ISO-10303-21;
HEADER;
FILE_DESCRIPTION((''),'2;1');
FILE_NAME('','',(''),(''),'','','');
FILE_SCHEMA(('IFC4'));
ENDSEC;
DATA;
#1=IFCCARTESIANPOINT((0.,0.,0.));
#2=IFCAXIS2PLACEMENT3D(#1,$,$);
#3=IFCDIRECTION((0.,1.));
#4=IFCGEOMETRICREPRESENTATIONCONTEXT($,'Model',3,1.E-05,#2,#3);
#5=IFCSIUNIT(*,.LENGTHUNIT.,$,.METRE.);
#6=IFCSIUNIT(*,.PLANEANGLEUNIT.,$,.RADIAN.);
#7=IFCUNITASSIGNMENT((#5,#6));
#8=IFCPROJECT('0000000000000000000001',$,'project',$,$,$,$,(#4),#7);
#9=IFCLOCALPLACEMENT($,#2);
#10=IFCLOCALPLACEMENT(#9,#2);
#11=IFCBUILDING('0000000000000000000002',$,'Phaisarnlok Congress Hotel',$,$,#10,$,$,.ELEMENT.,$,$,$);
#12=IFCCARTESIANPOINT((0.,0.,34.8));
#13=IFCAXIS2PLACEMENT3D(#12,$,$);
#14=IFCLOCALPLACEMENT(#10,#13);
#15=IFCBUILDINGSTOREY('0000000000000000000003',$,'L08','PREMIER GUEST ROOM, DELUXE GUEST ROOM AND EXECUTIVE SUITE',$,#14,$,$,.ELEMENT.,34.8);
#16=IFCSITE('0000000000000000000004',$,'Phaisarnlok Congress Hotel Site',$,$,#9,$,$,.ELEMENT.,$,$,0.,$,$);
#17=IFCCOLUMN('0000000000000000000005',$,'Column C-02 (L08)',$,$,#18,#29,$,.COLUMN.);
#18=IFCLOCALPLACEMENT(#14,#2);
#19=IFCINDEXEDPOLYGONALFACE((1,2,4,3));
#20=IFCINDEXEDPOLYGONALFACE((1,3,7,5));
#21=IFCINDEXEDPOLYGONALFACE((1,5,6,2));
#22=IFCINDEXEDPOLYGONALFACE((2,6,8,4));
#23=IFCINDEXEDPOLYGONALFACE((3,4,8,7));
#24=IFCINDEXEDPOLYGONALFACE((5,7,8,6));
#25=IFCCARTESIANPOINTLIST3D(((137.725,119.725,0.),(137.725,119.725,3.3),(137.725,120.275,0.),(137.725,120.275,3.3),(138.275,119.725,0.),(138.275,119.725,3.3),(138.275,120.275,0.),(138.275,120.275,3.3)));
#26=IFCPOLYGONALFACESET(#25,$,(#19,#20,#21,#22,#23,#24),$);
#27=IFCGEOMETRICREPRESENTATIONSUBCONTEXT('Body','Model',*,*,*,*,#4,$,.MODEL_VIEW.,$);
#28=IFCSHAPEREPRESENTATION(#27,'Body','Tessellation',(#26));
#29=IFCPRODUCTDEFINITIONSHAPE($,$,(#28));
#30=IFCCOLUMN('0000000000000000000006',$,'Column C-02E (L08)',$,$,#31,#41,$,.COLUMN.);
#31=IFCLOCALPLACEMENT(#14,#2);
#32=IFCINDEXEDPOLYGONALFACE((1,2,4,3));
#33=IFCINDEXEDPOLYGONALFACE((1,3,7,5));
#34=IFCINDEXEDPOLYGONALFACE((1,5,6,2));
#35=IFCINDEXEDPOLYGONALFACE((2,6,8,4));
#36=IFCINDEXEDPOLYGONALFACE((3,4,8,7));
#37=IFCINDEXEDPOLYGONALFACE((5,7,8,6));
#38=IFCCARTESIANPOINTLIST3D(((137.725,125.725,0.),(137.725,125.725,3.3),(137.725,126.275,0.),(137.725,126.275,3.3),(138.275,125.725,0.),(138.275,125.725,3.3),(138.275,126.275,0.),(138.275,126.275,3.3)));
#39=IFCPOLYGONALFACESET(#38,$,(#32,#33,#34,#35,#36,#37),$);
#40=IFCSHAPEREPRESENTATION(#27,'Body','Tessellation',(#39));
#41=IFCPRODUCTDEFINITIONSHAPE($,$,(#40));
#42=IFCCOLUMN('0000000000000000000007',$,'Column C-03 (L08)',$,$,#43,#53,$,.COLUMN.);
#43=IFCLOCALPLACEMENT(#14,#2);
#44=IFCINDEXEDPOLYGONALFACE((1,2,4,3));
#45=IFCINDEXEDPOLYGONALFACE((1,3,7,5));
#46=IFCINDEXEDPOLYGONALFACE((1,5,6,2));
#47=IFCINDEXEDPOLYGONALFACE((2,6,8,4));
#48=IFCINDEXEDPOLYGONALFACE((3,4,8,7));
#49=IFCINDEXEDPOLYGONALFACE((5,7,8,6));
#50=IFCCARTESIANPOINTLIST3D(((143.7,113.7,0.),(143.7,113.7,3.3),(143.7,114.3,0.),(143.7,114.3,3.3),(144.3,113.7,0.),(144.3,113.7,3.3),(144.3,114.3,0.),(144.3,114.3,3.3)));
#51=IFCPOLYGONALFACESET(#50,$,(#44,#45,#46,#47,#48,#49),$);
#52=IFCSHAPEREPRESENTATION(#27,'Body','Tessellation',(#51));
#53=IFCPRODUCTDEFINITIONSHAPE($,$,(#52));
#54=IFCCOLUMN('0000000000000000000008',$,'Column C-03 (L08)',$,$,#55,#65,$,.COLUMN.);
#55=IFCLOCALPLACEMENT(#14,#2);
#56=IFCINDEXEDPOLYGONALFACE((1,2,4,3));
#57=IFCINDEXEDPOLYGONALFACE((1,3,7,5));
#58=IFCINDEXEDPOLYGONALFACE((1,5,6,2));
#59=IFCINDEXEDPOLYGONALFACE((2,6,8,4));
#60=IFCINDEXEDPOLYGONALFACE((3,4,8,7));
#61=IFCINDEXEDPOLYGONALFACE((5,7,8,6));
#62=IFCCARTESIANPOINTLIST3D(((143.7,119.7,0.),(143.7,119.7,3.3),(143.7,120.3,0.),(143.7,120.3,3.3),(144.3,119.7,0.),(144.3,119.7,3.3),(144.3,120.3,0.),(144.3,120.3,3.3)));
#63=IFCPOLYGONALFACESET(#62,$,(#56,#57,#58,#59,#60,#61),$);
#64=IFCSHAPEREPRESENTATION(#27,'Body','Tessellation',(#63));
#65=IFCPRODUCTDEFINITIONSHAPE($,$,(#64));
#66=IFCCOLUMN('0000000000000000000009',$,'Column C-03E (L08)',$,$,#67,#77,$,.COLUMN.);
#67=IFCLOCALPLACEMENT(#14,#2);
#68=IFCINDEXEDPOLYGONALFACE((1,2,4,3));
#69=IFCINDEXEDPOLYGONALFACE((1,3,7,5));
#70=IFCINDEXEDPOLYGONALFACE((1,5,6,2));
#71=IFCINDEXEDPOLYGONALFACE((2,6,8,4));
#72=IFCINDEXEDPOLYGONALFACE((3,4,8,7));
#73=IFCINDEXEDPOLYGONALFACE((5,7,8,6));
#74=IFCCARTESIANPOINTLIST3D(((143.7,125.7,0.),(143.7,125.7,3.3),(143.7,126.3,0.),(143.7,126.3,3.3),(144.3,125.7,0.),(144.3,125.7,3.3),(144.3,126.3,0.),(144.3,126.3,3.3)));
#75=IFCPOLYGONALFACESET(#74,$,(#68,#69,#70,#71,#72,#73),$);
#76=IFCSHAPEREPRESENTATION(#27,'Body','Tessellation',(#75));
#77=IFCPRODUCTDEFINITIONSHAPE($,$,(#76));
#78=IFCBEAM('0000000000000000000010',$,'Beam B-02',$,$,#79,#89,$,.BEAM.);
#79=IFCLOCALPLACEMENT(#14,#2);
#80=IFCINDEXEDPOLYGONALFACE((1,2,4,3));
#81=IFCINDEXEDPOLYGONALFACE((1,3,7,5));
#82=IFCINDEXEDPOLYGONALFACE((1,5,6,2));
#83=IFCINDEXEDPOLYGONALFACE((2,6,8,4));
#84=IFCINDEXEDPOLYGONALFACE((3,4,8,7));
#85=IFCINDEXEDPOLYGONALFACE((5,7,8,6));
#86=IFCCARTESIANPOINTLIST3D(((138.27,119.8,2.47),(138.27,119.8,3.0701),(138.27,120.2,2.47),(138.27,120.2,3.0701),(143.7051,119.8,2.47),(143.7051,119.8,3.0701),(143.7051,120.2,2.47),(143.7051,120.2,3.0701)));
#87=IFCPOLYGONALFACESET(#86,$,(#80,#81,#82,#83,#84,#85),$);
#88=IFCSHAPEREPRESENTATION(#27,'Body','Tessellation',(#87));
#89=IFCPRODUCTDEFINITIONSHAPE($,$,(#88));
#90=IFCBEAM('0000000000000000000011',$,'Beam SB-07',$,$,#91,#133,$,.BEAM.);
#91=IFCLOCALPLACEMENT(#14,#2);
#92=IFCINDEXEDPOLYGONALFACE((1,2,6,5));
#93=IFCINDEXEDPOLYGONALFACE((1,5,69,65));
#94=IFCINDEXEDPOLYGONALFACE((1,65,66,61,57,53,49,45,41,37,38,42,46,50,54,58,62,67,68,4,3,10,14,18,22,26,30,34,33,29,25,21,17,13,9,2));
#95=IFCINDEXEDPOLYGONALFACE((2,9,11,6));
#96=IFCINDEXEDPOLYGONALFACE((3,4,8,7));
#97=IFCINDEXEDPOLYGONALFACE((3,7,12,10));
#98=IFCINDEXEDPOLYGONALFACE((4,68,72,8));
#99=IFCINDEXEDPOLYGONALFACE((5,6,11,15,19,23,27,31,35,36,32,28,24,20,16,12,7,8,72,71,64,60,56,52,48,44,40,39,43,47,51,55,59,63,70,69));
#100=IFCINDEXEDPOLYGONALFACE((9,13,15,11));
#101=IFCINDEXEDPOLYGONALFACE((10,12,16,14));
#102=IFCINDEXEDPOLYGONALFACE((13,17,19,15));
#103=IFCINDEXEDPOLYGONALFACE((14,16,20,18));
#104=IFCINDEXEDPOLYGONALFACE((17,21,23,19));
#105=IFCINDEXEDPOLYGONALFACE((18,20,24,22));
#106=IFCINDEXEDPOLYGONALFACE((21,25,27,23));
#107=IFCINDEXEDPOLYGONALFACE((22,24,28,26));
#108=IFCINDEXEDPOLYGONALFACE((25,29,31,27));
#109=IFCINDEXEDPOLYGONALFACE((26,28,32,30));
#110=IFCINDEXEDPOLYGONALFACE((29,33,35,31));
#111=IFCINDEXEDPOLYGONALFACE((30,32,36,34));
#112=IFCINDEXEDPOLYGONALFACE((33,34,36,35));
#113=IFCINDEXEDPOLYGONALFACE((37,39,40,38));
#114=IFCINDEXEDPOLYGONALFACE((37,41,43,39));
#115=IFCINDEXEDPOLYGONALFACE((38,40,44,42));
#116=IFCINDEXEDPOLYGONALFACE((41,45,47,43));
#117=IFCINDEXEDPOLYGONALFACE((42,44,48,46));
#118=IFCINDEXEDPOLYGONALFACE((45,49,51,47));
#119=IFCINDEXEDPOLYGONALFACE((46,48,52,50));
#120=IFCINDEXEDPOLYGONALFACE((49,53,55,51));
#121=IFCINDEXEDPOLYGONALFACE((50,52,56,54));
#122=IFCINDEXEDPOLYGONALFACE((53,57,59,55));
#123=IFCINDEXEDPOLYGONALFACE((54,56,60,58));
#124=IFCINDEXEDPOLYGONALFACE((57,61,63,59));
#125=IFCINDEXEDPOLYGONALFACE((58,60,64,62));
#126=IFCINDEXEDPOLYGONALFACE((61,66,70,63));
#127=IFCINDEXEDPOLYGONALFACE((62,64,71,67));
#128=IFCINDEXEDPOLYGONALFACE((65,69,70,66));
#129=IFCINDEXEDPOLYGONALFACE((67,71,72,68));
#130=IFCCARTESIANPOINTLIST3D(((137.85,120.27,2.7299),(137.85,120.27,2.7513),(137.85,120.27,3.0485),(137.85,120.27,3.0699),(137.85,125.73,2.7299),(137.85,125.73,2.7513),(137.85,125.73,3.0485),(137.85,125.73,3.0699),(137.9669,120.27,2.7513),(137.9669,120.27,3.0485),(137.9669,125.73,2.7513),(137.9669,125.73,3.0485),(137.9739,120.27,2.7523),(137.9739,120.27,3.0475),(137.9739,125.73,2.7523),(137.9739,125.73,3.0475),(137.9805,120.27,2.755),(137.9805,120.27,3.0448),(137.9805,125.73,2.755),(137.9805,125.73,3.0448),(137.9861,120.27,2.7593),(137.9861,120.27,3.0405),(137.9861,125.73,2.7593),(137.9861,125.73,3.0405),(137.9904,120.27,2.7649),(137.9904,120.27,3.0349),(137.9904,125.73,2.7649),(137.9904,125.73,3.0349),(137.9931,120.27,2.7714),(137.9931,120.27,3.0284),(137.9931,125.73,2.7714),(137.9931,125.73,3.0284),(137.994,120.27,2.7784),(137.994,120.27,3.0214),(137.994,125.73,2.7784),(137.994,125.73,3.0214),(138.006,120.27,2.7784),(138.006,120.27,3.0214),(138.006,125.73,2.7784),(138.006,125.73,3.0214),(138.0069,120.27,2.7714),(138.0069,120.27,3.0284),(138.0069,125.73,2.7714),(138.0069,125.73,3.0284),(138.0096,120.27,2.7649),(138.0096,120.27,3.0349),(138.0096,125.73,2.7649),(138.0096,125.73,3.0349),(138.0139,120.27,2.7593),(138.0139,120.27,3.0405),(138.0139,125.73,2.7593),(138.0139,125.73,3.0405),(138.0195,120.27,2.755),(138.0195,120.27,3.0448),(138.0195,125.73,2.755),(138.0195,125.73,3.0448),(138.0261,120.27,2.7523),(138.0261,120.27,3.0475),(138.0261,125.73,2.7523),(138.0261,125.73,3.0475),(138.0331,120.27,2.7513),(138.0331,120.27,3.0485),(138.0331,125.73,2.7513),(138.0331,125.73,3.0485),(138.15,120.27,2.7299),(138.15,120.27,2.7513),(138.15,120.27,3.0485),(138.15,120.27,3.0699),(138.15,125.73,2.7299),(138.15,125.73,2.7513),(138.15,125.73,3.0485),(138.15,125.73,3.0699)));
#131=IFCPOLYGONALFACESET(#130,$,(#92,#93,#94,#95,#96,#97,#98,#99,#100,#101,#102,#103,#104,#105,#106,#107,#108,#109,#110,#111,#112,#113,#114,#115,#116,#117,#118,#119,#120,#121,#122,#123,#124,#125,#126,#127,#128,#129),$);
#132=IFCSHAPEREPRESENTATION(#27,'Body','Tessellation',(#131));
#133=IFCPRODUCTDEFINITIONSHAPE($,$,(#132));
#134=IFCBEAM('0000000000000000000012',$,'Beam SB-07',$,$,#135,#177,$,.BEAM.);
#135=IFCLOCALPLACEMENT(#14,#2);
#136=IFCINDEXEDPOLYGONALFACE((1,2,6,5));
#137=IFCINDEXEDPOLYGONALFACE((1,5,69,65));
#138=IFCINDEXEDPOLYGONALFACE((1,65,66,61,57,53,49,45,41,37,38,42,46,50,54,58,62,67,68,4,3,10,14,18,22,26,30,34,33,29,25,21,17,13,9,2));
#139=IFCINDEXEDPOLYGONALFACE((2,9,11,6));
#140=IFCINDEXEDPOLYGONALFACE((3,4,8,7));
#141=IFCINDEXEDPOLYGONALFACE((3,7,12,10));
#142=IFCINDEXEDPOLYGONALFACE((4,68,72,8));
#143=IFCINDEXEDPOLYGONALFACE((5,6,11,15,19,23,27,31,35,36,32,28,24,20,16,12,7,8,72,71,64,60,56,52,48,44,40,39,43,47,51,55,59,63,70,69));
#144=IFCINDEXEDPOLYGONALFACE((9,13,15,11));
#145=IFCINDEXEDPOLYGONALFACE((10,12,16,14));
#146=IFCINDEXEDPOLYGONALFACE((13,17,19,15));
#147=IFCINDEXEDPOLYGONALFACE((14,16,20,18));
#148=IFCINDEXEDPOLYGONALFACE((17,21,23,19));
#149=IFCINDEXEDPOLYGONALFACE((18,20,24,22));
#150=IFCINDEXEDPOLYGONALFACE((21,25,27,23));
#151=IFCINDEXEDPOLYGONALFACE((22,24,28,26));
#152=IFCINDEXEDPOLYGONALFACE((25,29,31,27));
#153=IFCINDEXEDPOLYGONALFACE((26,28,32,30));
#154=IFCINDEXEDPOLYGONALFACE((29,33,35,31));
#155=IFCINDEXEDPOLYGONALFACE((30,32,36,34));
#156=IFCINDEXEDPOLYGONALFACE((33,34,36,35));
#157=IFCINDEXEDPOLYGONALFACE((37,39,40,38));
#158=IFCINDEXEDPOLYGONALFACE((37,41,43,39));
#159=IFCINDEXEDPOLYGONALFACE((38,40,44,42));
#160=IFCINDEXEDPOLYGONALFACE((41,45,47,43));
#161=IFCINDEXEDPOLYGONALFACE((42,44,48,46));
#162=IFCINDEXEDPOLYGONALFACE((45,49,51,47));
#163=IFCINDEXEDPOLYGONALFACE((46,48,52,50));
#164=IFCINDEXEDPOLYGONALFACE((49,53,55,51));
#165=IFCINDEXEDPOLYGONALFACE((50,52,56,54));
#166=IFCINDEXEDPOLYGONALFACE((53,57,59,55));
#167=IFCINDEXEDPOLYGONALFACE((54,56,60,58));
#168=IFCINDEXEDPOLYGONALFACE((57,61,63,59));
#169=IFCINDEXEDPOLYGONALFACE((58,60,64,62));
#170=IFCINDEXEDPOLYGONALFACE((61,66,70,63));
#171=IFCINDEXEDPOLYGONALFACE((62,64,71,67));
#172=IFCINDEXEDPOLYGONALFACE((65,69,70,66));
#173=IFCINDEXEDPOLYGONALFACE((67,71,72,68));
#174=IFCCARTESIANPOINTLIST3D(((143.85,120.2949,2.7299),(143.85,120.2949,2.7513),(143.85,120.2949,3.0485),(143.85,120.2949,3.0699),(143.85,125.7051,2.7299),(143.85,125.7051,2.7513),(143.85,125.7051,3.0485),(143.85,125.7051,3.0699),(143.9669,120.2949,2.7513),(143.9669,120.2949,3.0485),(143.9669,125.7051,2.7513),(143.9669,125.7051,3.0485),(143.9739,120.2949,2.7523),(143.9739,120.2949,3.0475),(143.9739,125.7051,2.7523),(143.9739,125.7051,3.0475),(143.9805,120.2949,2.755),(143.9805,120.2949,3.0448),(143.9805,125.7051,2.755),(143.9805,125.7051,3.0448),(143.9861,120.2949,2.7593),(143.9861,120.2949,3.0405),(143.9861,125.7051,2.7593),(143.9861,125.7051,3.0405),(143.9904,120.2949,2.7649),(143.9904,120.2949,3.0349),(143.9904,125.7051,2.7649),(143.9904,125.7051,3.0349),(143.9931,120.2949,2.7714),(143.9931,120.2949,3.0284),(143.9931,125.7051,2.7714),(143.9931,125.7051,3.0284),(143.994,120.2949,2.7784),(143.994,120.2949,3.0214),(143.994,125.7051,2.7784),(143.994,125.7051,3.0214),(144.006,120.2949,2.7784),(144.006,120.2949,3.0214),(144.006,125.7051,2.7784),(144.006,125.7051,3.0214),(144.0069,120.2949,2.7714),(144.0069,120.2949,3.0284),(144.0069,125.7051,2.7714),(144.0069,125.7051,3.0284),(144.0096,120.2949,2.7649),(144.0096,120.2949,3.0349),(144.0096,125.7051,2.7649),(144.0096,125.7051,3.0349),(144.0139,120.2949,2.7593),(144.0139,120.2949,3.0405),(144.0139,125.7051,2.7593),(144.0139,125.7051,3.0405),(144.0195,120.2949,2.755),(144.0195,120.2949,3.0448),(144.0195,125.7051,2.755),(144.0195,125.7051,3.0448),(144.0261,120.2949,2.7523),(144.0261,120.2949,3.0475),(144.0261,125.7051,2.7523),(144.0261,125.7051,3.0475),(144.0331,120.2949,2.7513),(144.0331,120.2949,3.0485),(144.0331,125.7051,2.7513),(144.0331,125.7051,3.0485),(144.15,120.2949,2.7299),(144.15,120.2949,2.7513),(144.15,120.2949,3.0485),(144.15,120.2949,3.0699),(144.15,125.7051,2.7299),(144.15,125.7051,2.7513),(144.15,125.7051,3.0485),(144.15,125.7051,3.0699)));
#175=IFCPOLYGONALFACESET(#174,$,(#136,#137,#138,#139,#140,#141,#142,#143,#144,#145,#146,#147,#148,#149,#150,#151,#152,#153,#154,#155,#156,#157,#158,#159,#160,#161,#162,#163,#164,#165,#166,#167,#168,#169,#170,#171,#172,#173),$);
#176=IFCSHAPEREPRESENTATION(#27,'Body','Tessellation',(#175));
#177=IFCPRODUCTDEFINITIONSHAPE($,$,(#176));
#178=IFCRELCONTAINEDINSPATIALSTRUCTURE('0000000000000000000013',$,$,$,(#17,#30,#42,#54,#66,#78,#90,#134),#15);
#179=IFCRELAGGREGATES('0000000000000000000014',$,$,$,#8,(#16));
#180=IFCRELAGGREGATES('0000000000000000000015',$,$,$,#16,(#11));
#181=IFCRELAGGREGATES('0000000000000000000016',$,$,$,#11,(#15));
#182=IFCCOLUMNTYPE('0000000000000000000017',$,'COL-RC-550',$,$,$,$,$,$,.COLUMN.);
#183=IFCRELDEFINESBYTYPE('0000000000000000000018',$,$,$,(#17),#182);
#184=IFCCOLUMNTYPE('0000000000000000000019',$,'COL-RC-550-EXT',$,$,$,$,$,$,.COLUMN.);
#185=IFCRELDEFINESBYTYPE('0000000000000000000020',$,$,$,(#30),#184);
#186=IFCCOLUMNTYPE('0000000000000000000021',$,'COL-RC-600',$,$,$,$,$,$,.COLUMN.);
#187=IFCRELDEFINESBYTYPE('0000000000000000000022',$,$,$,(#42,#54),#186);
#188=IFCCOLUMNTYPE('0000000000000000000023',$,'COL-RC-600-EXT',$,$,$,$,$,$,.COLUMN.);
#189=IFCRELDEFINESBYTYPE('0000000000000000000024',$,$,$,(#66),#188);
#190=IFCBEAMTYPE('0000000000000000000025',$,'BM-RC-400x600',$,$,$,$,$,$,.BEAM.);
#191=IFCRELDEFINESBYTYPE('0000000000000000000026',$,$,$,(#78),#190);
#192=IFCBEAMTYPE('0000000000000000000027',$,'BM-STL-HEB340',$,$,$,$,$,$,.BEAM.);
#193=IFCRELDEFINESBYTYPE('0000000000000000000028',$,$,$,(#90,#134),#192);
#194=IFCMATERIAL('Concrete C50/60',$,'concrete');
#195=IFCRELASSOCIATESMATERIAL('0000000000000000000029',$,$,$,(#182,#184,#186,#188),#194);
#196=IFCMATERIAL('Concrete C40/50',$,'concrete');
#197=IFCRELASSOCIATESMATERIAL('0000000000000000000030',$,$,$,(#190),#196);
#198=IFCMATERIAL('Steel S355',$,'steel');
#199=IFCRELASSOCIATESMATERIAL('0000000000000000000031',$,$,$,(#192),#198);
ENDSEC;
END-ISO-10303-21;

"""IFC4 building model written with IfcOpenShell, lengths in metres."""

from ifc_helpers import new_model, si_unit, direction, frame, origin, origin_2d, place, context, subcontext, project, spatial, rectangle, i_section, extrude, material, material_profile, profile_set, type_object, element, save


model = new_model("IFC4")

# Units and contexts
model_context = context("Model", 3, precision=1e-05, world=origin(), true_north=direction((0.0, 1.0)))
body_context = subcontext(model_context, "Body", "Model", "MODEL_VIEW")
ifc_project = project(units=[si_unit("LENGTHUNIT", "METRE"), si_unit("PLANEANGLEUNIT", "RADIAN")], contexts=[model_context])

# Site, building, storey
site_placement = place(None, origin())
site = spatial("IfcSite", under=ifc_project, at=site_placement, Name="Phaisarnlok Congress Hotel Site", CompositionType="ELEMENT", RefElevation=0.0)
building_placement = place(site_placement, origin())
building = spatial("IfcBuilding", under=site, at=building_placement, Name="Phaisarnlok Congress Hotel", CompositionType="ELEMENT")
storey_placement = place(building_placement, frame((0.0, 0.0, 34.8)))
storey = spatial("IfcBuildingStorey", under=building, at=storey_placement, Name="L08", Description="PREMIER GUEST ROOM, DELUXE GUEST ROOM AND EXECUTIVE SUITE", CompositionType="ELEMENT", Elevation=34.8)

# Columns
ifc_material_1 = material(Name="Concrete C50/60", Category="concrete")
ifc_material_profile_1 = material_profile(ifc_material_1, rectangle(XDim=0.55, YDim=0.55, at=origin_2d()), Name="RC 550x550")
ifc_profile_set_1 = profile_set([ifc_material_profile_1], Name="Concrete C50/60")
column_type_1 = type_object("IfcColumnType", Name="COL-RC-550", PredefinedType="COLUMN", material=ifc_profile_set_1)
column_1_placement = place(storey_placement, frame((138.0, 120.0, 0.0), z_axis=(0.0, 0.0, 1.0), x_axis=(1.0, 0.0, 0.0)))
element("IfcColumn", 1, at=column_1_placement, inside=storey, type_object=column_type_1, Name="Column C-02 (L08)", PredefinedType="COLUMN", context=body_context, shape_type="SweptSolid", body=[
    extrude(rectangle(XDim=0.55, YDim=0.55, at=origin_2d()), origin(), (0.0, 0.0, 1.0), 3.3),
])
ifc_material_profile_2 = material_profile(ifc_material_1, rectangle(XDim=0.55, YDim=0.55, at=origin_2d()), Name="RC 550x550")
ifc_profile_set_2 = profile_set([ifc_material_profile_2], Name="Concrete C50/60")
column_type_2 = type_object("IfcColumnType", Name="COL-RC-550-EXT", PredefinedType="COLUMN", material=ifc_profile_set_2)
column_2_placement = place(storey_placement, frame((138.0, 126.0, 0.0), z_axis=(0.0, 0.0, 1.0), x_axis=(1.0, 0.0, 0.0)))
element("IfcColumn", 2, at=column_2_placement, inside=storey, type_object=column_type_2, Name="Column C-02E (L08)", PredefinedType="COLUMN", context=body_context, shape_type="SweptSolid", body=[
    extrude(rectangle(XDim=0.55, YDim=0.55, at=origin_2d()), origin(), (0.0, 0.0, 1.0), 3.3),
])
ifc_material_profile_3 = material_profile(ifc_material_1, rectangle(XDim=0.6001, YDim=0.6001, at=origin_2d()), Name="RC 600x600")
ifc_profile_set_3 = profile_set([ifc_material_profile_3], Name="Concrete C50/60")
column_type_3 = type_object("IfcColumnType", Name="COL-RC-600", PredefinedType="COLUMN", material=ifc_profile_set_3)
for number, where, z_axis, x_axis, name in (
    (3, (144.0, 114.0, 0.0), (0.0, 0.0, 1.0), (1.0, 0.0, 0.0), "Column C-03 (L08)"),
    (4, (144.0, 120.0, 0.0), (0.0, 0.0, 1.0), (1.0, 0.0, 0.0), "Column C-03 (L08)"),
):
    element("IfcColumn", number, at=place(storey_placement, frame(where, z_axis=z_axis, x_axis=x_axis)), inside=storey, type_object=column_type_3, Name=name, PredefinedType="COLUMN", context=body_context, shape_type="SweptSolid", body=[
        extrude(rectangle(XDim=0.6001, YDim=0.6001, at=origin_2d()), origin(), (0.0, 0.0, 1.0), 3.3),
    ])
ifc_material_profile_4 = material_profile(ifc_material_1, rectangle(XDim=0.6001, YDim=0.6001, at=origin_2d()), Name="RC 600x600")
ifc_profile_set_4 = profile_set([ifc_material_profile_4], Name="Concrete C50/60")
column_type_4 = type_object("IfcColumnType", Name="COL-RC-600-EXT", PredefinedType="COLUMN", material=ifc_profile_set_4)
column_3_placement = place(storey_placement, frame((144.0, 126.0, 0.0), z_axis=(0.0, 0.0, 1.0), x_axis=(1.0, 0.0, 0.0)))
element("IfcColumn", 5, at=column_3_placement, inside=storey, type_object=column_type_4, Name="Column C-03E (L08)", PredefinedType="COLUMN", context=body_context, shape_type="SweptSolid", body=[
    extrude(rectangle(XDim=0.6001, YDim=0.6001, at=origin_2d()), origin(), (0.0, 0.0, 1.0), 3.3),
])

# Beams
ifc_material_2 = material(Name="Concrete C40/50", Category="concrete")
ifc_material_profile_5 = material_profile(ifc_material_2, rectangle(XDim=0.3999, YDim=0.6001, at=origin_2d()), Name="RC 400x600")
ifc_profile_set_5 = profile_set([ifc_material_profile_5], Name="Concrete C40/50")
beam_type_1 = type_object("IfcBeamType", Name="BM-RC-400x600", PredefinedType="BEAM", material=ifc_profile_set_5)
beam_1_placement = place(storey_placement, frame((138.27, 120.0, 2.77), z_axis=(1.0, 0.0, 0.0), x_axis=(0.0, 1.0, 0.0)))
element("IfcBeam", 6, at=beam_1_placement, inside=storey, type_object=beam_type_1, Name="Beam B-02", PredefinedType="BEAM", context=body_context, shape_type="SweptSolid", body=[
    extrude(rectangle(XDim=0.3999, YDim=0.6001, at=origin_2d()), origin(), (0.0, 0.0, 1.0), 5.4351),
])
ifc_material_3 = material(Name="Steel S355", Category="steel")
ifc_material_profile_6 = material_profile(ifc_material_3, i_section(OverallWidth=0.3, OverallDepth=0.3401, WebThickness=0.012, FlangeThickness=0.0215, FilletRadius=0.0271, at=origin_2d()), Name="HEB 340")
ifc_profile_set_6 = profile_set([ifc_material_profile_6], Name="Steel S355")
beam_type_2 = type_object("IfcBeamType", Name="BM-STL-HEB340", PredefinedType="BEAM", material=ifc_profile_set_6)
beam_2_placement = place(storey_placement, frame((138.0, 120.27, 2.8999), z_axis=(0.0, 1.0, 0.0), x_axis=(-1.0, 0.0, 0.0)))
element("IfcBeam", 7, at=beam_2_placement, inside=storey, type_object=beam_type_2, Name="Beam SB-07", PredefinedType="BEAM", context=body_context, shape_type="SweptSolid", body=[
    extrude(i_section(OverallWidth=0.3, OverallDepth=0.3401, WebThickness=0.012, FlangeThickness=0.0215, FilletRadius=0.0271, at=origin_2d()), origin(), (0.0, 0.0, 1.0), 5.46),
])
beam_3_placement = place(storey_placement, frame((144.0, 120.2949, 2.8999), z_axis=(0.0, 1.0, 0.0), x_axis=(-1.0, 0.0, 0.0)))
element("IfcBeam", 8, at=beam_3_placement, inside=storey, type_object=beam_type_2, Name="Beam SB-07", PredefinedType="BEAM", context=body_context, shape_type="SweptSolid", body=[
    extrude(i_section(OverallWidth=0.3, OverallDepth=0.3401, WebThickness=0.012, FlangeThickness=0.0215, FilletRadius=0.0271, at=origin_2d()), origin(), (0.0, 0.0, 1.0), 5.4102),
])

save(model, "model.ifc")
